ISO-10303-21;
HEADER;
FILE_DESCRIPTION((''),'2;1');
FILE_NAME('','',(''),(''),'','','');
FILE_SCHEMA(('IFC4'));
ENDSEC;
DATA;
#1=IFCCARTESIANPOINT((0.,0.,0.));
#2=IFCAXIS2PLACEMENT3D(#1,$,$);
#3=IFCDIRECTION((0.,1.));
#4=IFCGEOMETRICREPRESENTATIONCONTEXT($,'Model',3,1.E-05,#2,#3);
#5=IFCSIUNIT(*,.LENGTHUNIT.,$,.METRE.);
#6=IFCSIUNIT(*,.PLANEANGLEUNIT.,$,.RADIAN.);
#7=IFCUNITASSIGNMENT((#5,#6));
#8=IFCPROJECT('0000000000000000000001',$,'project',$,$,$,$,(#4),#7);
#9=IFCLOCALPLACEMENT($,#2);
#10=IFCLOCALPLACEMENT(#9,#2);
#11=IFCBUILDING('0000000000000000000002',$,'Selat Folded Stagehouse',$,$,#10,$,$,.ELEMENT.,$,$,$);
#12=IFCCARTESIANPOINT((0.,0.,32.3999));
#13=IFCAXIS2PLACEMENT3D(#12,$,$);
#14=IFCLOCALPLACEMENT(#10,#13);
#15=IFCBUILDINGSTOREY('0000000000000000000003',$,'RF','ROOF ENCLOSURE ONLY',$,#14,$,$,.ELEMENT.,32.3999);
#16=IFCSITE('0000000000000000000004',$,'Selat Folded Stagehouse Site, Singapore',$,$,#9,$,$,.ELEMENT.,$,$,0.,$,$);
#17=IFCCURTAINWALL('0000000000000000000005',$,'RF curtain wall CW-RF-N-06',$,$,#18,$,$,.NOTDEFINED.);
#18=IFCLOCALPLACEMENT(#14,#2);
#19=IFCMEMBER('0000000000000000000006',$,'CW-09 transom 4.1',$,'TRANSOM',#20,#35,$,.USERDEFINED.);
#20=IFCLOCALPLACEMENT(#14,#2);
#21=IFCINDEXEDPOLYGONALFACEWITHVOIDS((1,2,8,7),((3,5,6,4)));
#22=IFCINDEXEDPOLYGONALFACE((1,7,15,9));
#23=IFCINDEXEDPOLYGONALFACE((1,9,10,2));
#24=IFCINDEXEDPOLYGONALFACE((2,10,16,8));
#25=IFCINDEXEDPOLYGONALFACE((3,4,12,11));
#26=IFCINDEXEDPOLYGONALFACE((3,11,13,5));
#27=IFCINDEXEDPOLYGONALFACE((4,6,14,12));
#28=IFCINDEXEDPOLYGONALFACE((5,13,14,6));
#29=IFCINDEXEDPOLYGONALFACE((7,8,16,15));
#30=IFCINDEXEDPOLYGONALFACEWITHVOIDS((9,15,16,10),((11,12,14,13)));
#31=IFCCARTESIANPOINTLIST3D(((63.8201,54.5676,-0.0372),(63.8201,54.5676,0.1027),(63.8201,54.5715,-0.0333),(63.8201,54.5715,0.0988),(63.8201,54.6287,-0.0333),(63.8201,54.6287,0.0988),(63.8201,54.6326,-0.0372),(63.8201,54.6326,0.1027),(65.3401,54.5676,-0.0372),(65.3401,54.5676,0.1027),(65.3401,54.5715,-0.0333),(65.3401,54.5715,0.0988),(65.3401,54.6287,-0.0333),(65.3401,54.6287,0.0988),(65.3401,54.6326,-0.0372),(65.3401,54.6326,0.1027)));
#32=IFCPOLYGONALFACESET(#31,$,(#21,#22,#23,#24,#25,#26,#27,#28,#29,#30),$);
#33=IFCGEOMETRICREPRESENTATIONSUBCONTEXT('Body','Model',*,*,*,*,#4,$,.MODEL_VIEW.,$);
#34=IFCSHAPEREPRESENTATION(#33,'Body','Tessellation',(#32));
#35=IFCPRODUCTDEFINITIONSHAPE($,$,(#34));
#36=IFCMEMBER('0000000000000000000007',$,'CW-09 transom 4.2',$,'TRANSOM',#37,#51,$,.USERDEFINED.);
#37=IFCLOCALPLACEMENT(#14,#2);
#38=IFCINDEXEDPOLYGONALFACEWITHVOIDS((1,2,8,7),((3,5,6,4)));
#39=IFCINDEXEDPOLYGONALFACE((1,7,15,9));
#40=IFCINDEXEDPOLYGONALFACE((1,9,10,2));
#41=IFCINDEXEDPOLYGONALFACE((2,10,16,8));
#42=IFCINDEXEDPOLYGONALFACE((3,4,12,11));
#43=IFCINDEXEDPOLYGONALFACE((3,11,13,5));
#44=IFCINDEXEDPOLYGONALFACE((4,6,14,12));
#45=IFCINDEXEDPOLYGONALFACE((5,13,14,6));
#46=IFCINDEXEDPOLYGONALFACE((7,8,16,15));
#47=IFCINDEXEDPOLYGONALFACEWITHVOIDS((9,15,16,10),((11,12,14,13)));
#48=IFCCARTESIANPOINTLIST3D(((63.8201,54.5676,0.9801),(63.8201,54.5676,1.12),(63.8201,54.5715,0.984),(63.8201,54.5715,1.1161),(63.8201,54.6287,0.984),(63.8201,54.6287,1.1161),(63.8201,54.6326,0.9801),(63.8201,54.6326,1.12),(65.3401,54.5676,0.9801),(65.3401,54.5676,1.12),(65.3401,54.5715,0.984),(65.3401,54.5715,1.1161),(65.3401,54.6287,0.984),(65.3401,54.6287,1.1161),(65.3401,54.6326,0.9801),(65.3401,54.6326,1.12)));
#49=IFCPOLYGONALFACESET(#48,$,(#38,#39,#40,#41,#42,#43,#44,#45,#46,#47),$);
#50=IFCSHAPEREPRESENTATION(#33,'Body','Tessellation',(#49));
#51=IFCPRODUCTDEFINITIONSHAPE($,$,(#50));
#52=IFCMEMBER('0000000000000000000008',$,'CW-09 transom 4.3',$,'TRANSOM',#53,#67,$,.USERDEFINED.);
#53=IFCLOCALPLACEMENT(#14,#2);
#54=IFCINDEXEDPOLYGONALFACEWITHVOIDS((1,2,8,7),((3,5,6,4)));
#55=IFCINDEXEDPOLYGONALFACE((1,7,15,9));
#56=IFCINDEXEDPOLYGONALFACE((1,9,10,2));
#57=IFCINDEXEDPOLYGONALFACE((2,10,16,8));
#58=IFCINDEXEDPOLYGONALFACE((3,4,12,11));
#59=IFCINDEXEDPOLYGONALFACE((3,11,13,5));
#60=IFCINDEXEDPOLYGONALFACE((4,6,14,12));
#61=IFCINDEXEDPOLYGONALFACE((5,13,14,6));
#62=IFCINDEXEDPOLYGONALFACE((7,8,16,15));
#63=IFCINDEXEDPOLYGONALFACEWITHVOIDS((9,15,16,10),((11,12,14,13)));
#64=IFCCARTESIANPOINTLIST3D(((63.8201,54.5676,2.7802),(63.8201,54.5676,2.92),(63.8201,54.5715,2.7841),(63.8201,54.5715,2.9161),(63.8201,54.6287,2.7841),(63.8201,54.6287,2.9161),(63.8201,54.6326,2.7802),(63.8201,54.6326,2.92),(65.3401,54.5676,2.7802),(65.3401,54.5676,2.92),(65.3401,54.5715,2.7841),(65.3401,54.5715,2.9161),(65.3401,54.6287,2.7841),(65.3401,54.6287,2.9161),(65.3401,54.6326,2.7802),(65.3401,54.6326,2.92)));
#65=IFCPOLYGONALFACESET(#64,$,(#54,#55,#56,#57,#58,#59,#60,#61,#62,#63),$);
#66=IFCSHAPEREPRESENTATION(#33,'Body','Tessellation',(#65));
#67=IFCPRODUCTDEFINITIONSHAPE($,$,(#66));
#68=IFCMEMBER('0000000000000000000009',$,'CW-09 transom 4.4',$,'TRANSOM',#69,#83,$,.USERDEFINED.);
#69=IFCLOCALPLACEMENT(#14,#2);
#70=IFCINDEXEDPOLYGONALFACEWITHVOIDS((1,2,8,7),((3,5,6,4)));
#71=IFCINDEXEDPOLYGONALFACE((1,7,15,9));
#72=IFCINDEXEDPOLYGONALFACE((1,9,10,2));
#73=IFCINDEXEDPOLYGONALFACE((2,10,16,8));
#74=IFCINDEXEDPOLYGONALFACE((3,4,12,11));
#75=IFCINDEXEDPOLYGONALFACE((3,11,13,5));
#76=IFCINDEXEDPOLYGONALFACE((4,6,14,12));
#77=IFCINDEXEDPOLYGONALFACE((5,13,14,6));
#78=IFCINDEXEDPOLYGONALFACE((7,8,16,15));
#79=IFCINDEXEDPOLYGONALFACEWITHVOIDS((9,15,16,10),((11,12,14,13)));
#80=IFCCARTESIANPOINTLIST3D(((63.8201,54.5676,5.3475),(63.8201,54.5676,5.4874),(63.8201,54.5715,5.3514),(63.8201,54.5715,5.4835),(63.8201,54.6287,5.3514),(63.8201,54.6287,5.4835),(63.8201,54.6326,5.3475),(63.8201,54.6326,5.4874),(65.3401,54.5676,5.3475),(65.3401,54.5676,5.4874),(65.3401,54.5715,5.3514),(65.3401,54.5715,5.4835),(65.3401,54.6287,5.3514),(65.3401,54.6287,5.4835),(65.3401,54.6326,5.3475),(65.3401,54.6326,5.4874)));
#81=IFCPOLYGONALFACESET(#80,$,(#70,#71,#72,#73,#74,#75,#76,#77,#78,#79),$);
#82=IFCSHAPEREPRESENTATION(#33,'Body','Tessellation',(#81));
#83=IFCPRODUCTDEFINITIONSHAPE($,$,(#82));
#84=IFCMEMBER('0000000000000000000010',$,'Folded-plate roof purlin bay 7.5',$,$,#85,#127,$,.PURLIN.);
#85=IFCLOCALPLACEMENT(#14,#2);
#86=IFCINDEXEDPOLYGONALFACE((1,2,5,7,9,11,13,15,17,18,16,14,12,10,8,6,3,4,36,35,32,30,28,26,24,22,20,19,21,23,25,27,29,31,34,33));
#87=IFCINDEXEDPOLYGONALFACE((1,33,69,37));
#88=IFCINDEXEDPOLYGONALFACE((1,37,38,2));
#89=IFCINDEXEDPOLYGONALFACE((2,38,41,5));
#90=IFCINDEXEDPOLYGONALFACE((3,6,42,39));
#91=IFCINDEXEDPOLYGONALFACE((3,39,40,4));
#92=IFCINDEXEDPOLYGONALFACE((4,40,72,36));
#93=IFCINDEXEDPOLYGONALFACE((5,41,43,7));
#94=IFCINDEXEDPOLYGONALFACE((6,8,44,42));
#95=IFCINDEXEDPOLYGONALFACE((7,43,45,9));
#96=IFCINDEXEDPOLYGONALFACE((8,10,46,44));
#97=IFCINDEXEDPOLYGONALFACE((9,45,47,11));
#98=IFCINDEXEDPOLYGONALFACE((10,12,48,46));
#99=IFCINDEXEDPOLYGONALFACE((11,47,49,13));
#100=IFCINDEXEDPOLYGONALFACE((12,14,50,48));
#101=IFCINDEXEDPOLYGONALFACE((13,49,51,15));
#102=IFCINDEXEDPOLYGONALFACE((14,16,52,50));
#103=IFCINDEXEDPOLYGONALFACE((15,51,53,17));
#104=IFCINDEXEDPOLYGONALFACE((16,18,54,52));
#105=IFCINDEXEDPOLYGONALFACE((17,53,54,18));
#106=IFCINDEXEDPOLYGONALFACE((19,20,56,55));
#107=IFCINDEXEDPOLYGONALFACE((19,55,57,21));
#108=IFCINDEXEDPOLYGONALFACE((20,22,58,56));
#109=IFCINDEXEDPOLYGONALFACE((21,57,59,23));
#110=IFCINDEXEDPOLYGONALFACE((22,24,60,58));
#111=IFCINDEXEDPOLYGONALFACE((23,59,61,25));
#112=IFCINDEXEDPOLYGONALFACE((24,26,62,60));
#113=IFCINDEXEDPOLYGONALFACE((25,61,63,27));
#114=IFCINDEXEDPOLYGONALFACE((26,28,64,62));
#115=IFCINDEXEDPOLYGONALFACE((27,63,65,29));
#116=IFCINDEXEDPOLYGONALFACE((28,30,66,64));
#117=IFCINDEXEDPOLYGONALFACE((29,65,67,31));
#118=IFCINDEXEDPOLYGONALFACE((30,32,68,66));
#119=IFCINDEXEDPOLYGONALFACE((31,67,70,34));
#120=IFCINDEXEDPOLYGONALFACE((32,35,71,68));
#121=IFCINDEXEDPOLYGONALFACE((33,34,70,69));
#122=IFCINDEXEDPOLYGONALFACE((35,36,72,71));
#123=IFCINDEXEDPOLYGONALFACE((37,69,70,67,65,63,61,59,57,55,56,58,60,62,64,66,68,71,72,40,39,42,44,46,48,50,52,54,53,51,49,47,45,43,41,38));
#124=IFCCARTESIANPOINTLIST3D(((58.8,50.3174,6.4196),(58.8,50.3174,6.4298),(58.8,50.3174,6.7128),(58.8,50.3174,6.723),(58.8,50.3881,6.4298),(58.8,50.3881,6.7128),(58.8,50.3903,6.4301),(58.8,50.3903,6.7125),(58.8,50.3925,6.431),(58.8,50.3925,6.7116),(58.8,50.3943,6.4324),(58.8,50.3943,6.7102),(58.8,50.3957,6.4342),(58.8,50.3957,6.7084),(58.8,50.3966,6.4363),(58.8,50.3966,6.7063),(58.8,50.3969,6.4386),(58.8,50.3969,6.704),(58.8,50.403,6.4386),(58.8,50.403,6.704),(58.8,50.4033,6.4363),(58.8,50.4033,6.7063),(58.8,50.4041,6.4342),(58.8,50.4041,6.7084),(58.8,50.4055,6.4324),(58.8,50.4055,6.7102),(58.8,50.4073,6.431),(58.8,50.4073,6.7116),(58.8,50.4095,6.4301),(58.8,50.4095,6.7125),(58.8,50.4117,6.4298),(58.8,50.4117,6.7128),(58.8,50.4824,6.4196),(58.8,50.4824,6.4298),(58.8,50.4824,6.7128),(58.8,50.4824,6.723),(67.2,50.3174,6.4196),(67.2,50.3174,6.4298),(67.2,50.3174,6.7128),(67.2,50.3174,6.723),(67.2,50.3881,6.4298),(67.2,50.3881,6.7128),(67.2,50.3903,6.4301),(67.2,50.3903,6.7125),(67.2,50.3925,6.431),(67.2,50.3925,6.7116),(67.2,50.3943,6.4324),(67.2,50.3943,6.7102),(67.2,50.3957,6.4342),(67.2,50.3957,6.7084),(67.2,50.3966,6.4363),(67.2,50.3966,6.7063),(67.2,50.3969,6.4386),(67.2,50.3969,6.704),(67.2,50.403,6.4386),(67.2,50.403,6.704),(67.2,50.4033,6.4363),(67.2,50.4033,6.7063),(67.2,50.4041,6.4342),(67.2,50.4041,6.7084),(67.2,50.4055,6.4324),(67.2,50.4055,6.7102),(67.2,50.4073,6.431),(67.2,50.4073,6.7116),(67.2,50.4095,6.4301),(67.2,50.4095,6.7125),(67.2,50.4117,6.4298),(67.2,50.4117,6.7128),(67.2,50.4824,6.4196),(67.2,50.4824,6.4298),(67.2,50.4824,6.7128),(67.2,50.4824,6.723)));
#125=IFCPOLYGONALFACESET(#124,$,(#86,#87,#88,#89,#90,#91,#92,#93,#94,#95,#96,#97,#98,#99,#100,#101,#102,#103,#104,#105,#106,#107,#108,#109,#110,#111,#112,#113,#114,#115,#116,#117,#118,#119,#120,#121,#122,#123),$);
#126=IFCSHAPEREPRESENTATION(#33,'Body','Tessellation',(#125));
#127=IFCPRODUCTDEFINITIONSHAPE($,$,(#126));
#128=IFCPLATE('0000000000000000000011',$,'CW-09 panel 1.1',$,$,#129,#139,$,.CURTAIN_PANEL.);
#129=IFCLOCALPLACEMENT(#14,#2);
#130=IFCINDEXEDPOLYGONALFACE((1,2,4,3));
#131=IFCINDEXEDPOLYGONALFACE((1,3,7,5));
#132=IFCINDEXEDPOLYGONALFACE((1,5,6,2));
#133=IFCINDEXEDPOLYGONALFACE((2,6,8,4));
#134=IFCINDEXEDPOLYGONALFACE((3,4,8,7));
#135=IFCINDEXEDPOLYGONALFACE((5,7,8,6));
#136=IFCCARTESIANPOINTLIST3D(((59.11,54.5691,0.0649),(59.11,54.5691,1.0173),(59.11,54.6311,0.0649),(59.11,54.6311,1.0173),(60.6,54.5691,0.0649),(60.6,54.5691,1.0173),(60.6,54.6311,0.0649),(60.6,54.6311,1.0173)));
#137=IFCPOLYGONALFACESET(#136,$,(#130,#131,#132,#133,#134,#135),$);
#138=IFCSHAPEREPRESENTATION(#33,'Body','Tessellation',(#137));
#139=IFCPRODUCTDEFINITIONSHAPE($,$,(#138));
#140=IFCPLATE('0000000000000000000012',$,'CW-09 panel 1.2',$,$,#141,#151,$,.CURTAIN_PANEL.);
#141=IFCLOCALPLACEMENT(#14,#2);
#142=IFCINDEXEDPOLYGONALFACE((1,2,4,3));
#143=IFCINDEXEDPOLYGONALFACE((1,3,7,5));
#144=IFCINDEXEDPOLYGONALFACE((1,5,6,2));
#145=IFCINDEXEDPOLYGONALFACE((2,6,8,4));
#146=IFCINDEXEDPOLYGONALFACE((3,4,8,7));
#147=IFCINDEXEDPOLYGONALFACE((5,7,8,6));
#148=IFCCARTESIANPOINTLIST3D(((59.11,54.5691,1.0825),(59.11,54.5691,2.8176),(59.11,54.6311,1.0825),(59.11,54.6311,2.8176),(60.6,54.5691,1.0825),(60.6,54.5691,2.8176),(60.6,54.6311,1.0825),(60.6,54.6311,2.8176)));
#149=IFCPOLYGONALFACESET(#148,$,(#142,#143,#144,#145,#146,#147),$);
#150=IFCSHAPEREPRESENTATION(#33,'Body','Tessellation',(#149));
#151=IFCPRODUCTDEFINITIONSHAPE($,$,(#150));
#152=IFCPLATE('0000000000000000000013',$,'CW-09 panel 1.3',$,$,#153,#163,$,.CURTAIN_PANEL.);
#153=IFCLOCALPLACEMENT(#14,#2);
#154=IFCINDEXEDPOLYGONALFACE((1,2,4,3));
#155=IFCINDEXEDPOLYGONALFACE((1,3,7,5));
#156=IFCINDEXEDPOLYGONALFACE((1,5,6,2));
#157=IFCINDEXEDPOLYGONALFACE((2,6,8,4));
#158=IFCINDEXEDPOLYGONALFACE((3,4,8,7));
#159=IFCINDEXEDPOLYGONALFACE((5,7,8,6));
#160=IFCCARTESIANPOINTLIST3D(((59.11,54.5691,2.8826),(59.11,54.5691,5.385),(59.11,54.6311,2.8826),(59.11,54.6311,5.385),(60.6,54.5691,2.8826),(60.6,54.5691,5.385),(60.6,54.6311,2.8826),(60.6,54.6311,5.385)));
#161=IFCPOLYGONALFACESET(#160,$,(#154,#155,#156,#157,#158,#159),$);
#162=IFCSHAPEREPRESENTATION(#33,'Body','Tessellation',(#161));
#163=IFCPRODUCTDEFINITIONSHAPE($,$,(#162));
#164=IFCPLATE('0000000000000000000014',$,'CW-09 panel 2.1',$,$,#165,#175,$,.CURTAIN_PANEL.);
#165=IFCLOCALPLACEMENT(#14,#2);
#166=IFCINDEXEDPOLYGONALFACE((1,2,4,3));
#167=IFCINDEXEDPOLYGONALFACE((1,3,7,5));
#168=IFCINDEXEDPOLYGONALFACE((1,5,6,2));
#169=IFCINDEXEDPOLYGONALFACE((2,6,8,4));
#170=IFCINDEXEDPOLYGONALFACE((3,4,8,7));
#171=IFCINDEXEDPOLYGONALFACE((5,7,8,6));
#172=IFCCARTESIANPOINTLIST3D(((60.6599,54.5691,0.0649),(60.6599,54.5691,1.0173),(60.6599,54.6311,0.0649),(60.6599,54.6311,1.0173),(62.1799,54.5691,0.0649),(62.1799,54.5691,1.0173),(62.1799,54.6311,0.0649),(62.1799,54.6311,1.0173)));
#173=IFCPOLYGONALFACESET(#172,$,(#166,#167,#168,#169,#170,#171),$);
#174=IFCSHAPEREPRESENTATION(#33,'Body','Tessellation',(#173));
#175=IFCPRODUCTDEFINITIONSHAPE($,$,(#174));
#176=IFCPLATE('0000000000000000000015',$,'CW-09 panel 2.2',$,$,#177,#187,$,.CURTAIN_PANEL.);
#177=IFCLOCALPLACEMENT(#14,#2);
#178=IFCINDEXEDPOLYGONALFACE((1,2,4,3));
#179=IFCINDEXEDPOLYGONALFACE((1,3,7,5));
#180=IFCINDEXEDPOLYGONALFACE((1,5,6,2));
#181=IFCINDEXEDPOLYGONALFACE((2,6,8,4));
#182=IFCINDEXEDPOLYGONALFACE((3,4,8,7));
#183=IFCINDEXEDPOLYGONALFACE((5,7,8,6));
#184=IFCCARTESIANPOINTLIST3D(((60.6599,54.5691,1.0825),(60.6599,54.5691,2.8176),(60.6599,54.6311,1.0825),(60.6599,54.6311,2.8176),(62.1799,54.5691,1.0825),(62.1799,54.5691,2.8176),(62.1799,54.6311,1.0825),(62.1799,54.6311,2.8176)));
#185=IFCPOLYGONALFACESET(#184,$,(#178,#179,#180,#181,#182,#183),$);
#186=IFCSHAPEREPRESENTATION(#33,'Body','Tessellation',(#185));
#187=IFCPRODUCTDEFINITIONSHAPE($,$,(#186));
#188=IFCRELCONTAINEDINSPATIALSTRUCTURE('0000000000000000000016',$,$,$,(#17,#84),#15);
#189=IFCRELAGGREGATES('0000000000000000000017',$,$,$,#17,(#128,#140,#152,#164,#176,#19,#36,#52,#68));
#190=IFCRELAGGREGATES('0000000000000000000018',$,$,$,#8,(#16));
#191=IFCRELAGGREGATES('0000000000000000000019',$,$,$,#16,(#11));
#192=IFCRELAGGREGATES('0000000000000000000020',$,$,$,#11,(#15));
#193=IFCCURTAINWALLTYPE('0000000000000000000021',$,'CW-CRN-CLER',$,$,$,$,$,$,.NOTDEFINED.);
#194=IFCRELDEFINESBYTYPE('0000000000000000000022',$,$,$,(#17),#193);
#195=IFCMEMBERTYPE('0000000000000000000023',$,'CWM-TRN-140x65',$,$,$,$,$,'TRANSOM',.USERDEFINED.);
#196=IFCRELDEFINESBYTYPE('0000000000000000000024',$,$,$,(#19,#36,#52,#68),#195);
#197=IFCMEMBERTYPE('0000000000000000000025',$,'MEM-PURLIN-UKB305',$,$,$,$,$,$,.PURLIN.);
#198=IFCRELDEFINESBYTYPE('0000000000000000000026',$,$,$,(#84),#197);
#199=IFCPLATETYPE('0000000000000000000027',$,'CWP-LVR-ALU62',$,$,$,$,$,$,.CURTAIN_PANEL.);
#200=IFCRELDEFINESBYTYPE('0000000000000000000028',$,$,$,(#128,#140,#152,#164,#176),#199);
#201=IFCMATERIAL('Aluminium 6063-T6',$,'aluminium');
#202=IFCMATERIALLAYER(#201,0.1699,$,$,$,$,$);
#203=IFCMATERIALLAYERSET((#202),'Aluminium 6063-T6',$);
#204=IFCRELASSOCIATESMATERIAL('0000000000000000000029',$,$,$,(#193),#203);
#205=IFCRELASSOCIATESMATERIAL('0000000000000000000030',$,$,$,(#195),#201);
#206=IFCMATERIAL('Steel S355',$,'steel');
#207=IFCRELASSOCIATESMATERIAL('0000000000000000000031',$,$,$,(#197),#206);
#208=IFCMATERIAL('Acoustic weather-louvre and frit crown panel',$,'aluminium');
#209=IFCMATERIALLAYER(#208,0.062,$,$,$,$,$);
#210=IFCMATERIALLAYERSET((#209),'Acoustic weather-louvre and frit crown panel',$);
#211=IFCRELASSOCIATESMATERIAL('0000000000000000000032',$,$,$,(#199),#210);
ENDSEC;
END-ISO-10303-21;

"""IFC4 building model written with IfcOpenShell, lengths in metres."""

from ifc_helpers import new_model, si_unit, direction, frame, origin, origin_2d, place, context, subcontext, project, spatial, rectangle, hollow_rectangle, i_section, extrude, material, layer, layer_set, material_profile, profile_set, type_object, element, aggregate, save


model = new_model("IFC4")

# Units and contexts
model_context = context("Model", 3, precision=1e-05, world=origin(), true_north=direction((0.0, 1.0)))
body_context = subcontext(model_context, "Body", "Model", "MODEL_VIEW")
ifc_project = project(units=[si_unit("LENGTHUNIT", "METRE"), si_unit("PLANEANGLEUNIT", "RADIAN")], contexts=[model_context])

# Site, building, storey
site_placement = place(None, origin())
site = spatial("IfcSite", under=ifc_project, at=site_placement, Name="Selat Folded Stagehouse Site, Singapore", CompositionType="ELEMENT", RefElevation=0.0)
building_placement = place(site_placement, origin())
building = spatial("IfcBuilding", under=site, at=building_placement, Name="Selat Folded Stagehouse", CompositionType="ELEMENT")
storey_placement = place(building_placement, frame((0.0, 0.0, 32.3999)))
storey = spatial("IfcBuildingStorey", under=building, at=storey_placement, Name="RF", Description="ROOF ENCLOSURE ONLY", CompositionType="ELEMENT", Elevation=32.3999)

# Shared definitions
ifc_material_1 = material(Name="Steel S355", Category="steel")

# Curtain wall, members
ifc_material_2 = material(Name="Aluminium 6063-T6", Category="aluminium")
ifc_layer_1 = layer(ifc_material_2, 0.1699)
ifc_layer_set_1 = layer_set([ifc_layer_1], Name="Aluminium 6063-T6")
curtain_wall_type = type_object("IfcCurtainWallType", Name="CW-CRN-CLER", PredefinedType="NOTDEFINED", material=ifc_layer_set_1)
curtain_wall_placement = place(storey_placement, origin())
curtain_wall = element("IfcCurtainWall", 1, at=curtain_wall_placement, inside=storey, type_object=curtain_wall_type, Name="RF curtain wall CW-RF-N-06", PredefinedType="NOTDEFINED")
ifc_material_profile_1 = material_profile(ifc_material_2, hollow_rectangle(XDim=0.0649, YDim=0.1399, WallThickness=0.0039, at=origin_2d()), Name="ALU 140x65x4.0")
ifc_profile_set_1 = profile_set([ifc_material_profile_1], Name="Aluminium 6063-T6")
member_type_1 = type_object("IfcMemberType", Name="CWM-TRN-140x65", ElementType="TRANSOM", PredefinedType="USERDEFINED", material=ifc_profile_set_1)
member_1_placement = place(storey_placement, frame((63.8201, 54.6001, 0.0327), z_axis=(1.0, 0.0, 0.0), x_axis=(0.0, 1.0, 0.0)))
member_1 = element("IfcMember", 2, at=member_1_placement, type_object=member_type_1, Name="CW-09 transom 4.1", ObjectType="TRANSOM", PredefinedType="USERDEFINED", context=body_context, shape_type="SweptSolid", body=[
    extrude(hollow_rectangle(XDim=0.0649, YDim=0.1399, WallThickness=0.0039, at=origin_2d()), origin(), (0.0, 0.0, 1.0), 1.52),
])
member_2_placement = place(storey_placement, frame((63.8201, 54.6001, 1.05), z_axis=(1.0, 0.0, 0.0), x_axis=(0.0, 1.0, 0.0)))
member_2 = element("IfcMember", 3, at=member_2_placement, type_object=member_type_1, Name="CW-09 transom 4.2", ObjectType="TRANSOM", PredefinedType="USERDEFINED", context=body_context, shape_type="SweptSolid", body=[
    extrude(hollow_rectangle(XDim=0.0649, YDim=0.1399, WallThickness=0.0039, at=origin_2d()), origin(), (0.0, 0.0, 1.0), 1.52),
])
member_3_placement = place(storey_placement, frame((63.8201, 54.6001, 2.8501), z_axis=(1.0, 0.0, 0.0), x_axis=(0.0, 1.0, 0.0)))
member_3 = element("IfcMember", 4, at=member_3_placement, type_object=member_type_1, Name="CW-09 transom 4.3", ObjectType="TRANSOM", PredefinedType="USERDEFINED", context=body_context, shape_type="SweptSolid", body=[
    extrude(hollow_rectangle(XDim=0.0649, YDim=0.1399, WallThickness=0.0039, at=origin_2d()), origin(), (0.0, 0.0, 1.0), 1.52),
])
member_4_placement = place(storey_placement, frame((63.8201, 54.6001, 5.4175), z_axis=(1.0, 0.0, 0.0), x_axis=(0.0, 1.0, 0.0)))
member_4 = element("IfcMember", 5, at=member_4_placement, type_object=member_type_1, Name="CW-09 transom 4.4", ObjectType="TRANSOM", PredefinedType="USERDEFINED", context=body_context, shape_type="SweptSolid", body=[
    extrude(hollow_rectangle(XDim=0.0649, YDim=0.1399, WallThickness=0.0039, at=origin_2d()), origin(), (0.0, 0.0, 1.0), 1.52),
])

# Member
ifc_material_profile_2 = material_profile(ifc_material_1, i_section(OverallWidth=0.165, OverallDepth=0.3035, WebThickness=0.0061, FlangeThickness=0.0103, FilletRadius=0.0088, at=origin_2d()), Name="UKB 305x165x40")
ifc_profile_set_2 = profile_set([ifc_material_profile_2], Name="Steel S355")
member_type_2 = type_object("IfcMemberType", Name="MEM-PURLIN-UKB305", PredefinedType="PURLIN", material=ifc_profile_set_2)
member_5_placement = place(storey_placement, frame((58.8, 50.3999, 6.5713), z_axis=(1.0, 0.0, 0.0), x_axis=(0.0, 1.0, 0.0)))
element("IfcMember", 6, at=member_5_placement, inside=storey, type_object=member_type_2, Name="Folded-plate roof purlin bay 7.5", PredefinedType="PURLIN", context=body_context, shape_type="SweptSolid", body=[
    extrude(i_section(OverallWidth=0.165, OverallDepth=0.3035, WebThickness=0.0061, FlangeThickness=0.0103, FilletRadius=0.0088, at=origin_2d()), origin(), (0.0, 0.0, 1.0), 8.3999),
])

# Plates
ifc_material_3 = material(Name="Acoustic weather-louvre and frit crown panel", Category="aluminium")
ifc_layer_2 = layer(ifc_material_3, 0.062)
ifc_layer_set_2 = layer_set([ifc_layer_2], Name="Acoustic weather-louvre and frit crown panel")
plate_type_1 = type_object("IfcPlateType", Name="CWP-LVR-ALU62", PredefinedType="CURTAIN_PANEL", material=ifc_layer_set_2)
plate_1_placement = place(storey_placement, frame((59.855, 54.6001, 0.0649), z_axis=(0.0, 0.0, 1.0), x_axis=(1.0, 0.0, 0.0)))
plate_1 = element("IfcPlate", 7, at=plate_1_placement, type_object=plate_type_1, Name="CW-09 panel 1.1", PredefinedType="CURTAIN_PANEL", context=body_context, shape_type="SweptSolid", body=[
    extrude(rectangle(XDim=1.49, YDim=0.062, at=origin_2d()), origin(), (0.0, 0.0, 1.0), 0.9524),
])
plate_2_placement = place(storey_placement, frame((59.855, 54.6001, 1.0825), z_axis=(0.0, 0.0, 1.0), x_axis=(1.0, 0.0, 0.0)))
plate_2 = element("IfcPlate", 8, at=plate_2_placement, type_object=plate_type_1, Name="CW-09 panel 1.2", PredefinedType="CURTAIN_PANEL", context=body_context, shape_type="SweptSolid", body=[
    extrude(rectangle(XDim=1.49, YDim=0.062, at=origin_2d()), origin(), (0.0, 0.0, 1.0), 1.7351),
])
plate_3_placement = place(storey_placement, frame((59.855, 54.6001, 2.8826), z_axis=(0.0, 0.0, 1.0), x_axis=(1.0, 0.0, 0.0)))
plate_3 = element("IfcPlate", 9, at=plate_3_placement, type_object=plate_type_1, Name="CW-09 panel 1.3", PredefinedType="CURTAIN_PANEL", context=body_context, shape_type="SweptSolid", body=[
    extrude(rectangle(XDim=1.49, YDim=0.062, at=origin_2d()), origin(), (0.0, 0.0, 1.0), 2.5024),
])
plate_4_placement = place(storey_placement, frame((61.4199, 54.6001, 0.0649), z_axis=(0.0, 0.0, 1.0), x_axis=(1.0, 0.0, 0.0)))
plate_4 = element("IfcPlate", 10, at=plate_4_placement, type_object=plate_type_1, Name="CW-09 panel 2.1", PredefinedType="CURTAIN_PANEL", context=body_context, shape_type="SweptSolid", body=[
    extrude(rectangle(XDim=1.52, YDim=0.062, at=origin_2d()), origin(), (0.0, 0.0, 1.0), 0.9524),
])
plate_5_placement = place(storey_placement, frame((61.4199, 54.6001, 1.0825), z_axis=(0.0, 0.0, 1.0), x_axis=(1.0, 0.0, 0.0)))
plate_5 = element("IfcPlate", 11, at=plate_5_placement, type_object=plate_type_1, Name="CW-09 panel 2.2", PredefinedType="CURTAIN_PANEL", context=body_context, shape_type="SweptSolid", body=[
    extrude(rectangle(XDim=1.52, YDim=0.062, at=origin_2d()), origin(), (0.0, 0.0, 1.0), 1.7351),
])
aggregate(curtain_wall, [plate_1, plate_2, plate_3, plate_4, plate_5, member_1, member_2, member_3, member_4])

save(model, "model.ifc")
